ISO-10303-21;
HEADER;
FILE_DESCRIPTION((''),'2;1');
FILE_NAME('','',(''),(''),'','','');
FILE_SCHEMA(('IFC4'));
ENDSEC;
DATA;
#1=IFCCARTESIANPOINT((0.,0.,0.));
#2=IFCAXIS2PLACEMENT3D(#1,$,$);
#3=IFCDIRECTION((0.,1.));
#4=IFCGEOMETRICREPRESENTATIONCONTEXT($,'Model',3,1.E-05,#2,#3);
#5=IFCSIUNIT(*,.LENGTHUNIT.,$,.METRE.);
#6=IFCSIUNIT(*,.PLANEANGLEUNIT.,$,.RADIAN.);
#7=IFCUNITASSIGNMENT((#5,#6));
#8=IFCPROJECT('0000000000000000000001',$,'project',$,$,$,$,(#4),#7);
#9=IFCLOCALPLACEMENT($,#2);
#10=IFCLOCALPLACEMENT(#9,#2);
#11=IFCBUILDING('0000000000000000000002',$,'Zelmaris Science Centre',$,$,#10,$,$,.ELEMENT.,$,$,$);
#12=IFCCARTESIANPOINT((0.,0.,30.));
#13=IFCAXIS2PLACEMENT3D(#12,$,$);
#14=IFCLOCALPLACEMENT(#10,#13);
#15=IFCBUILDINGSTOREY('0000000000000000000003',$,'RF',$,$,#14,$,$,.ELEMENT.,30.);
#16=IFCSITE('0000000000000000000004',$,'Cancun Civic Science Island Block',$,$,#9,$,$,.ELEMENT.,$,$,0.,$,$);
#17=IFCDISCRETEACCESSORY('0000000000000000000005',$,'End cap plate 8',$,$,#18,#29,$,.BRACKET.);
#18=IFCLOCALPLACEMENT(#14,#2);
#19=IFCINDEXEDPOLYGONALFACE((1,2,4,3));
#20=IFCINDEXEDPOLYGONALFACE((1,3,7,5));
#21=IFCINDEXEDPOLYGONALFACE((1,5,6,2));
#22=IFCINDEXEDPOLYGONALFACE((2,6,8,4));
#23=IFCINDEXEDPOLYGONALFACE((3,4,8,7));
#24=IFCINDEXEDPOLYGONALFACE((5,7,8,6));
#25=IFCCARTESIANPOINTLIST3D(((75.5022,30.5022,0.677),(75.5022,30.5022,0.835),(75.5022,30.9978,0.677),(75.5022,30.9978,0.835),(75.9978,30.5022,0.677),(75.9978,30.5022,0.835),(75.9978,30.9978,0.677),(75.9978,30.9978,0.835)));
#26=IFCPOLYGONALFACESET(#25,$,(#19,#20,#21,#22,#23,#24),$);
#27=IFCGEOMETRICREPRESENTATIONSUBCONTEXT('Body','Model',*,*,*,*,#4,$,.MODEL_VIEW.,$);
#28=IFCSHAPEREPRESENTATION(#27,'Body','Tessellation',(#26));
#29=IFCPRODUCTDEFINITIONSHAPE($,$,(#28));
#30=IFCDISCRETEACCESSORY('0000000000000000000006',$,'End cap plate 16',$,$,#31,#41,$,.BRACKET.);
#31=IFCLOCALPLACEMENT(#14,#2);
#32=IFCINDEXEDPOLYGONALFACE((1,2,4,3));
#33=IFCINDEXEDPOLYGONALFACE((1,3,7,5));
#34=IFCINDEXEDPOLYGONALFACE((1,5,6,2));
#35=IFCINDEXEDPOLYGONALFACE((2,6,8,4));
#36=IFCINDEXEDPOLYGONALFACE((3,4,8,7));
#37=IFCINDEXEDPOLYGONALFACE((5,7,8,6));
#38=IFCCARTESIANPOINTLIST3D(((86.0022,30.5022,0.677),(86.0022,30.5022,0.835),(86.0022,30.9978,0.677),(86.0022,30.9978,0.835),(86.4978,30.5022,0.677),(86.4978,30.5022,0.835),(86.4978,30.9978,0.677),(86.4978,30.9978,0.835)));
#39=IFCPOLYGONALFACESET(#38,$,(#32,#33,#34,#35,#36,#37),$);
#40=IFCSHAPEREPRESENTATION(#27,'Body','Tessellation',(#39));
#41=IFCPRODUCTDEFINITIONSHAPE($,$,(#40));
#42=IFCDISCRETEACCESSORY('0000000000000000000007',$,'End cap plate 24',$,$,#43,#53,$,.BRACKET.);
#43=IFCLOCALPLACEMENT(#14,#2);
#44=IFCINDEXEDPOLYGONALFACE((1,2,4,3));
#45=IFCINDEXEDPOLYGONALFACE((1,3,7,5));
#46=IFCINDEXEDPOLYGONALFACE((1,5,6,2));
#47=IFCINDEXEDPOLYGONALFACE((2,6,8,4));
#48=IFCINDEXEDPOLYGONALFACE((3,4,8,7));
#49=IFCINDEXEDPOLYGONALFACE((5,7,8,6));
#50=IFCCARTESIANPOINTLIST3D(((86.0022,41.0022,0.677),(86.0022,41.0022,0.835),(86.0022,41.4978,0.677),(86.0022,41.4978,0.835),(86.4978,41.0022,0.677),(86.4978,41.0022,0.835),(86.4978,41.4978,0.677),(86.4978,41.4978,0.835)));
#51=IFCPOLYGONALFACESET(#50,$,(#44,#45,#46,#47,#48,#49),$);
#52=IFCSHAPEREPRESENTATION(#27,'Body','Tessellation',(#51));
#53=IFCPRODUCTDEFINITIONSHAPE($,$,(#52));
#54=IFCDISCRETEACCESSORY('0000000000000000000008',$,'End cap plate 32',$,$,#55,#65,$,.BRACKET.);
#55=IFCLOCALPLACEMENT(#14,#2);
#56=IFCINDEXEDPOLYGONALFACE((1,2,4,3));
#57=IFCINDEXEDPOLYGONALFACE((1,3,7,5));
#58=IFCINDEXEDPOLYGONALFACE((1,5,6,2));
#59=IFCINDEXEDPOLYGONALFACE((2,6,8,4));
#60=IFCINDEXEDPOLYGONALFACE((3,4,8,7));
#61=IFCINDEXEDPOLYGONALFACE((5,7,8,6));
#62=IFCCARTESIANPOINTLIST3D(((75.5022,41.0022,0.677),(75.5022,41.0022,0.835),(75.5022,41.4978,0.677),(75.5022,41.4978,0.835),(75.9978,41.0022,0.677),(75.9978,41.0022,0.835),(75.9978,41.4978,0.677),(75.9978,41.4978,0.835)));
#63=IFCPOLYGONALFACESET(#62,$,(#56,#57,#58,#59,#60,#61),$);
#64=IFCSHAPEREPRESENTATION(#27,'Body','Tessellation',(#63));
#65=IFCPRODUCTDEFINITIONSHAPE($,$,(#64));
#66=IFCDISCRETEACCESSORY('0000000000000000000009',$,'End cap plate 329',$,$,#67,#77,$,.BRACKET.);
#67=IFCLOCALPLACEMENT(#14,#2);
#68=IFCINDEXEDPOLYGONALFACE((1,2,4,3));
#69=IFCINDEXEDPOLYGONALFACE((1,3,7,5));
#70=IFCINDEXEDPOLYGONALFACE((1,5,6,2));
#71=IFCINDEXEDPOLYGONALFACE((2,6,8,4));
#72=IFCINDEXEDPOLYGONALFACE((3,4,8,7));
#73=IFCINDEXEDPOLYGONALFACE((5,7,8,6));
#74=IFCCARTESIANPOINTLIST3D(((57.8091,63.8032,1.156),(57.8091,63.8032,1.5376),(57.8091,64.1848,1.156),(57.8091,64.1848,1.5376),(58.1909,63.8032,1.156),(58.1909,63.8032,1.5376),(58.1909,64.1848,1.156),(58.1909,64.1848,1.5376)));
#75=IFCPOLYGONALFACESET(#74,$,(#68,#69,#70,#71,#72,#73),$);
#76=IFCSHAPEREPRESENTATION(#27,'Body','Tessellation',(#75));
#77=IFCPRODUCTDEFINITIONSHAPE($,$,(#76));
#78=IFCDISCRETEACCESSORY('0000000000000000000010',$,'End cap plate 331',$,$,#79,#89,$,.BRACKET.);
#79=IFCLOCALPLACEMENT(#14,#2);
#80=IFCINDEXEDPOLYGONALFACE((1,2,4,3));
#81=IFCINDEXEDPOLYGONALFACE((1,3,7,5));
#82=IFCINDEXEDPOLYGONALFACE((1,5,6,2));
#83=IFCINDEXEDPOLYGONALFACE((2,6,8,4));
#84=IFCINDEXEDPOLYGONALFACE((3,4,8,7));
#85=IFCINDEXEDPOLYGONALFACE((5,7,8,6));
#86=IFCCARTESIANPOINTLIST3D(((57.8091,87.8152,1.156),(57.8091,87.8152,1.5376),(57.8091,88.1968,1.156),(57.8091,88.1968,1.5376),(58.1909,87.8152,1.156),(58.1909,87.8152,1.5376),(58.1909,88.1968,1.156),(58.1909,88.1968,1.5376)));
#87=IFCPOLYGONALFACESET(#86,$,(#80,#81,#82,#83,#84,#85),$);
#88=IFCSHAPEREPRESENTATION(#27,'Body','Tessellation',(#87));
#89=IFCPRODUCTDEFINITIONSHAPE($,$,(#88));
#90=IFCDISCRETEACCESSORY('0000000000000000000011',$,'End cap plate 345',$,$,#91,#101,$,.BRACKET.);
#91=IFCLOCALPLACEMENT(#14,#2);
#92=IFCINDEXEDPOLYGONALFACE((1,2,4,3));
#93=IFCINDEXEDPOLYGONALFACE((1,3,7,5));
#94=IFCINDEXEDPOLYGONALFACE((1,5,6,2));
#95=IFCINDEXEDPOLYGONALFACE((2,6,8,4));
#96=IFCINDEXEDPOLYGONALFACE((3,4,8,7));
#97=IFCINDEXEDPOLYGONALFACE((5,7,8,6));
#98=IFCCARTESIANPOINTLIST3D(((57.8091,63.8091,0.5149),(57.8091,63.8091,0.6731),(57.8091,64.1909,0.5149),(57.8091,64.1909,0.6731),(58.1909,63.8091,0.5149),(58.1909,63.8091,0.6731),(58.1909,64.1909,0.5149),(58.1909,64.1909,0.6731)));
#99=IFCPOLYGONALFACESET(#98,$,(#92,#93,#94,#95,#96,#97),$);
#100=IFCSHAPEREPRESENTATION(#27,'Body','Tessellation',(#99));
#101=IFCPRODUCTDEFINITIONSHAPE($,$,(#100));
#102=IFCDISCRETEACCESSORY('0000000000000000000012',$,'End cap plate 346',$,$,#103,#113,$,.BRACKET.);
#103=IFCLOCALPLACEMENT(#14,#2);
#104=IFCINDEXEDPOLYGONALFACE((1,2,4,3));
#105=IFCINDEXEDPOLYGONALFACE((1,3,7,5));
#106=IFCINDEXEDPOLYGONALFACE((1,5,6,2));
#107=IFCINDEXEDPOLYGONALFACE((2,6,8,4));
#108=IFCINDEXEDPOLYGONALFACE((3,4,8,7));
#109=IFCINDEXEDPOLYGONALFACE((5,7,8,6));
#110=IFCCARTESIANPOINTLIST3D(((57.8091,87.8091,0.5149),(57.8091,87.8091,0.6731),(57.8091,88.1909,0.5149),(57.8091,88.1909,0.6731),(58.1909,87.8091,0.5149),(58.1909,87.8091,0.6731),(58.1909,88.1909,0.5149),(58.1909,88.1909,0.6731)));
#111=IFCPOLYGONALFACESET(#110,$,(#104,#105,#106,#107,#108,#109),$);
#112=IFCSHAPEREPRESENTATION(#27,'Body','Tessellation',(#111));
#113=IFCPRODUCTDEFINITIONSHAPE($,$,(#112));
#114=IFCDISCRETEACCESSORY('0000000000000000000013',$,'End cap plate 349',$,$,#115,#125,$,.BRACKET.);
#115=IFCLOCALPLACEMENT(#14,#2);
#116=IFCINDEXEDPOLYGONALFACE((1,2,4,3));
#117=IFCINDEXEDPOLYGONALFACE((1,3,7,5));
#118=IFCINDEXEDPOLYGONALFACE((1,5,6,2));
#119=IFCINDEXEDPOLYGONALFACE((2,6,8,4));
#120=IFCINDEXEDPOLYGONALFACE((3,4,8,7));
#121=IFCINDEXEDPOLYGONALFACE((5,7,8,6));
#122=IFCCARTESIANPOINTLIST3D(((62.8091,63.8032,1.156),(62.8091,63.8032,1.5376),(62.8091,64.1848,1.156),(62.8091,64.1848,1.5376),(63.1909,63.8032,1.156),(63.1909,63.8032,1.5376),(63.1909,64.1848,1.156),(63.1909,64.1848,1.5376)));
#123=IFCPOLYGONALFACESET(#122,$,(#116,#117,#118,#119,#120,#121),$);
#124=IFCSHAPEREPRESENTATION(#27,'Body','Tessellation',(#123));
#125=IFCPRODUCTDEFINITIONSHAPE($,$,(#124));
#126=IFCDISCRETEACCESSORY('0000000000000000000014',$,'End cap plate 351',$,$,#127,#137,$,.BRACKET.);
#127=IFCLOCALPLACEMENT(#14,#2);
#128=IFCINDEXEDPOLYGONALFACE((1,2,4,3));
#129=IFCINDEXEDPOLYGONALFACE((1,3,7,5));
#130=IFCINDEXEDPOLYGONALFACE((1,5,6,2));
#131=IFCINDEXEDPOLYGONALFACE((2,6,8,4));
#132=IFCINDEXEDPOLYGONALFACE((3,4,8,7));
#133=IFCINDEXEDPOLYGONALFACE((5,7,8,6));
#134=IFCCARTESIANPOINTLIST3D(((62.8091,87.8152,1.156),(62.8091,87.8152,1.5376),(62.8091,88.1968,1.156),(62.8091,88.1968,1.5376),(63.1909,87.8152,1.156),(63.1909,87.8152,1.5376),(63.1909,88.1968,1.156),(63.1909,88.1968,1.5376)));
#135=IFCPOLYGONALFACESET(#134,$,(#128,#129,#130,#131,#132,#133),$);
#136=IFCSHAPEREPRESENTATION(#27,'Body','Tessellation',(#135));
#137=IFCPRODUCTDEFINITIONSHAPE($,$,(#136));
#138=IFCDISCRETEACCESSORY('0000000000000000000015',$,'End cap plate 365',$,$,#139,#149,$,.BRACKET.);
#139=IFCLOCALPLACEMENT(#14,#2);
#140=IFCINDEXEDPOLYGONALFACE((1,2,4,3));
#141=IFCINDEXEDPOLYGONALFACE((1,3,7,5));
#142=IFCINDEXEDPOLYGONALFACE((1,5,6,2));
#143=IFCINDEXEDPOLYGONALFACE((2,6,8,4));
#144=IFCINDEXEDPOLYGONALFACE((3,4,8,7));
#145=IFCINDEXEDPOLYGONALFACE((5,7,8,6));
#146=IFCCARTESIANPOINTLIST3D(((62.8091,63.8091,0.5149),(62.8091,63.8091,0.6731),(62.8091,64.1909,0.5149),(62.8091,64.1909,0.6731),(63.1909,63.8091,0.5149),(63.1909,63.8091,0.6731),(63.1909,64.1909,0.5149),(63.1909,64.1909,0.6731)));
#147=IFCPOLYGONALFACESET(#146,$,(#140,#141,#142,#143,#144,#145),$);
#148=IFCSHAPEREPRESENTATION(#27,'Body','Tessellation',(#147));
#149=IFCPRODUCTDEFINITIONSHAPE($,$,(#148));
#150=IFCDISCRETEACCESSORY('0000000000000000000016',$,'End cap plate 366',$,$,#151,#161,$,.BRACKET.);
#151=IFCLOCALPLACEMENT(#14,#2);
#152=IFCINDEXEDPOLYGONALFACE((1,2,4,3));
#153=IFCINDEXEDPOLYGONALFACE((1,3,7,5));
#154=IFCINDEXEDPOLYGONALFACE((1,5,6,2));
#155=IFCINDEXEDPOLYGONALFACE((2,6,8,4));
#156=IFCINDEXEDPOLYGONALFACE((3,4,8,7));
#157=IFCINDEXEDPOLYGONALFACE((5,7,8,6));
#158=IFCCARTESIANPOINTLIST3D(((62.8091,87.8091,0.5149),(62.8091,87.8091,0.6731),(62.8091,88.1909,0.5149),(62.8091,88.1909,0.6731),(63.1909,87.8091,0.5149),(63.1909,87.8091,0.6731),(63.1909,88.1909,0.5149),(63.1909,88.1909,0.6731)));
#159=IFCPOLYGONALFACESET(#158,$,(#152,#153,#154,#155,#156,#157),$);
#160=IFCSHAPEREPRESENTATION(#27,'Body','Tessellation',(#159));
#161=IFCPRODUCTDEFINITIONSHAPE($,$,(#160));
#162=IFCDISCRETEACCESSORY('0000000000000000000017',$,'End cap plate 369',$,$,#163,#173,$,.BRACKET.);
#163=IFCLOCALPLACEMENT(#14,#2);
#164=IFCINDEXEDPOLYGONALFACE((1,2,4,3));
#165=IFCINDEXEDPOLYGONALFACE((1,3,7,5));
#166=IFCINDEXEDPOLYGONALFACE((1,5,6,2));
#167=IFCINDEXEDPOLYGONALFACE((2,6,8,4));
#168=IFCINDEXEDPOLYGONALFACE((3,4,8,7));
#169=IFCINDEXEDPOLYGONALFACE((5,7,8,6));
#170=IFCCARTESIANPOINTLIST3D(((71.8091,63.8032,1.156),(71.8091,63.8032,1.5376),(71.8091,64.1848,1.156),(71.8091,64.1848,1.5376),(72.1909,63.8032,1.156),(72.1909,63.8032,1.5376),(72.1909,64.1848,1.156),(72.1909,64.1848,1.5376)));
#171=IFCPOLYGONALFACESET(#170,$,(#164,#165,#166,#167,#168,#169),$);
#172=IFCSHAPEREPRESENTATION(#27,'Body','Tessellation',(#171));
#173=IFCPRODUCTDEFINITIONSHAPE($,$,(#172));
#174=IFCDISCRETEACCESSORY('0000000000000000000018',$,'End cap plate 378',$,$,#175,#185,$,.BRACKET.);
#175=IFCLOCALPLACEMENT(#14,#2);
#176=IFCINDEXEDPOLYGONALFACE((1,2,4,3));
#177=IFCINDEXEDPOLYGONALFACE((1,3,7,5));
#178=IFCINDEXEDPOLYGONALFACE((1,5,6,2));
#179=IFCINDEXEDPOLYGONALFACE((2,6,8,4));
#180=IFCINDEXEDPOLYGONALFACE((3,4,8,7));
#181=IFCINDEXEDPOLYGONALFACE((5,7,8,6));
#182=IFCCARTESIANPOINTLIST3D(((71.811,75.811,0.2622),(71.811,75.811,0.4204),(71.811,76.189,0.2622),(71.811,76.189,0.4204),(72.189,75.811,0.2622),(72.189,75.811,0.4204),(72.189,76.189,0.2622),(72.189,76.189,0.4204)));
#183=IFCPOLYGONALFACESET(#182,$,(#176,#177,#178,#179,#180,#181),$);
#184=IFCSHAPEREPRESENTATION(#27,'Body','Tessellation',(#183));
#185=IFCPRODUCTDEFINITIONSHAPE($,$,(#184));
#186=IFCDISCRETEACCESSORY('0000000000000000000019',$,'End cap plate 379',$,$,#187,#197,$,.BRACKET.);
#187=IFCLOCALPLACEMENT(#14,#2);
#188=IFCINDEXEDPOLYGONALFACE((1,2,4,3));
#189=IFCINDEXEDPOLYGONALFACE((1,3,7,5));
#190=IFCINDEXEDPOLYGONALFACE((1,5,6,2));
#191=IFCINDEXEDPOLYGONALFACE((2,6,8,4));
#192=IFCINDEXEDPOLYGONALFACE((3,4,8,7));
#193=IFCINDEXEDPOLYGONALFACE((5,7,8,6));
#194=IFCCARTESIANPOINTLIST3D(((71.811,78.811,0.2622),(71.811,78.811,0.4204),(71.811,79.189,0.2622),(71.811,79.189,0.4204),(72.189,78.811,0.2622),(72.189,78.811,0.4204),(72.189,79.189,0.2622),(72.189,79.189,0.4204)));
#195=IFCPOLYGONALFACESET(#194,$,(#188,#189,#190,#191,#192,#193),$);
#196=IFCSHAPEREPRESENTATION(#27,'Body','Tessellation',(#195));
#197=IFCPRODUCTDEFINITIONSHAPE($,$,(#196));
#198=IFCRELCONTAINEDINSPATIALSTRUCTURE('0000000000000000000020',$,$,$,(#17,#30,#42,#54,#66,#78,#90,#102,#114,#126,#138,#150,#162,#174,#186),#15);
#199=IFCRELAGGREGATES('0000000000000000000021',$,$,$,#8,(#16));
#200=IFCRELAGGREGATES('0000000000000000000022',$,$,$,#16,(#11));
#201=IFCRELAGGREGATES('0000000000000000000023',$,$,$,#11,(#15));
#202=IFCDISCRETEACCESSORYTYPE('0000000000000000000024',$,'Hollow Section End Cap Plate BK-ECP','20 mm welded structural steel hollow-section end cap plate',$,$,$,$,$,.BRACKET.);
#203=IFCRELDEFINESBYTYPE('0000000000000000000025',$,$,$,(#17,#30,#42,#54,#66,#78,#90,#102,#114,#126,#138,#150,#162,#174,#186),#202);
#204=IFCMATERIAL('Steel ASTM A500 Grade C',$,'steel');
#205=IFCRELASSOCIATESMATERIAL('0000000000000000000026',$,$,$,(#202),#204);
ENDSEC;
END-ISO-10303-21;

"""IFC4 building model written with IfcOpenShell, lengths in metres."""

from ifc_helpers import new_model, si_unit, direction, frame, origin, place, context, subcontext, project, spatial, polyline, outline, extrude, material, type_object, element, save


model = new_model("IFC4")

# Units and contexts
model_context = context("Model", 3, precision=1e-05, world=origin(), true_north=direction((0.0, 1.0)))
body_context = subcontext(model_context, "Body", "Model", "MODEL_VIEW")
ifc_project = project(units=[si_unit("LENGTHUNIT", "METRE"), si_unit("PLANEANGLEUNIT", "RADIAN")], contexts=[model_context])

# Site, building, storey
site_placement = place(None, origin())
site = spatial("IfcSite", under=ifc_project, at=site_placement, Name="Cancun Civic Science Island Block", CompositionType="ELEMENT", RefElevation=0.0)
building_placement = place(site_placement, origin())
building = spatial("IfcBuilding", under=site, at=building_placement, Name="Zelmaris Science Centre", CompositionType="ELEMENT")
storey_placement = place(building_placement, frame((0.0, 0.0, 30.0)))
storey = spatial("IfcBuildingStorey", under=building, at=storey_placement, Name="RF", CompositionType="ELEMENT", Elevation=30.0)

# Discrete accessories
ifc_material = material(Name="Steel ASTM A500 Grade C", Category="steel")
discrete_accessory_type = type_object("IfcDiscreteAccessoryType", Name="Hollow Section End Cap Plate BK-ECP", Description="20 mm welded structural steel hollow-section end cap plate", PredefinedType="BRACKET", material=ifc_material)
discrete_accessory_1_placement = place(storey_placement, frame((0.0, 0.0, 0.677)))
element("IfcDiscreteAccessory", 1, at=discrete_accessory_1_placement, inside=storey, type_object=discrete_accessory_type, Name="End cap plate 8", PredefinedType="BRACKET", context=body_context, shape_type="SweptSolid", body=[
    extrude(outline(polyline([(75.5022, 30.5022), (75.9978, 30.5022), (75.9978, 30.9978), (75.5022, 30.9978), (75.5022, 30.5022)])), origin(), (0.0, 0.0, 1.0), 0.158),
])
discrete_accessory_2_placement = place(storey_placement, frame((0.0, 0.0, 0.677)))
element("IfcDiscreteAccessory", 2, at=discrete_accessory_2_placement, inside=storey, type_object=discrete_accessory_type, Name="End cap plate 16", PredefinedType="BRACKET", context=body_context, shape_type="SweptSolid", body=[
    extrude(outline(polyline([(86.0022, 30.5022), (86.4978, 30.5022), (86.4978, 30.9978), (86.0022, 30.9978), (86.0022, 30.5022)])), origin(), (0.0, 0.0, 1.0), 0.158),
])
discrete_accessory_3_placement = place(storey_placement, frame((0.0, 0.0, 0.677)))
element("IfcDiscreteAccessory", 3, at=discrete_accessory_3_placement, inside=storey, type_object=discrete_accessory_type, Name="End cap plate 24", PredefinedType="BRACKET", context=body_context, shape_type="SweptSolid", body=[
    extrude(outline(polyline([(86.0022, 41.0022), (86.4978, 41.0022), (86.4978, 41.4978), (86.0022, 41.4978), (86.0022, 41.0022)])), origin(), (0.0, 0.0, 1.0), 0.158),
])
discrete_accessory_4_placement = place(storey_placement, frame((0.0, 0.0, 0.677)))
element("IfcDiscreteAccessory", 4, at=discrete_accessory_4_placement, inside=storey, type_object=discrete_accessory_type, Name="End cap plate 32", PredefinedType="BRACKET", context=body_context, shape_type="SweptSolid", body=[
    extrude(outline(polyline([(75.5022, 41.0022), (75.9978, 41.0022), (75.9978, 41.4978), (75.5022, 41.4978), (75.5022, 41.0022)])), origin(), (0.0, 0.0, 1.0), 0.158),
])
discrete_accessory_5_placement = place(storey_placement, frame((0.0, 0.0, 1.156)))
element("IfcDiscreteAccessory", 5, at=discrete_accessory_5_placement, inside=storey, type_object=discrete_accessory_type, Name="End cap plate 329", PredefinedType="BRACKET", context=body_context, shape_type="SweptSolid", body=[
    extrude(outline(polyline([(57.8091, 63.8032), (58.1909, 63.8032), (58.1909, 64.1848), (57.8091, 64.1848), (57.8091, 63.8032)])), origin(), (0.0, 0.0, 1.0), 0.3816),
])
discrete_accessory_6_placement = place(storey_placement, frame((0.0, 0.0, 1.156)))
element("IfcDiscreteAccessory", 6, at=discrete_accessory_6_placement, inside=storey, type_object=discrete_accessory_type, Name="End cap plate 331", PredefinedType="BRACKET", context=body_context, shape_type="SweptSolid", body=[
    extrude(outline(polyline([(57.8091, 87.8152), (58.1909, 87.8152), (58.1909, 88.1968), (57.8091, 88.1968), (57.8091, 87.8152)])), origin(), (0.0, 0.0, 1.0), 0.3816),
])
discrete_accessory_7_placement = place(storey_placement, frame((0.0, 0.0, 0.5149)))
element("IfcDiscreteAccessory", 7, at=discrete_accessory_7_placement, inside=storey, type_object=discrete_accessory_type, Name="End cap plate 345", PredefinedType="BRACKET", context=body_context, shape_type="SweptSolid", body=[
    extrude(outline(polyline([(57.8091, 63.8091), (58.1909, 63.8091), (58.1909, 64.1909), (57.8091, 64.1909), (57.8091, 63.8091)])), origin(), (0.0, 0.0, 1.0), 0.1582),
])
discrete_accessory_8_placement = place(storey_placement, frame((0.0, 0.0, 0.5149)))
element("IfcDiscreteAccessory", 8, at=discrete_accessory_8_placement, inside=storey, type_object=discrete_accessory_type, Name="End cap plate 346", PredefinedType="BRACKET", context=body_context, shape_type="SweptSolid", body=[
    extrude(outline(polyline([(57.8091, 87.8091), (58.1909, 87.8091), (58.1909, 88.1909), (57.8091, 88.1909), (57.8091, 87.8091)])), origin(), (0.0, 0.0, 1.0), 0.1582),
])
discrete_accessory_9_placement = place(storey_placement, frame((0.0, 0.0, 1.156)))
element("IfcDiscreteAccessory", 9, at=discrete_accessory_9_placement, inside=storey, type_object=discrete_accessory_type, Name="End cap plate 349", PredefinedType="BRACKET", context=body_context, shape_type="SweptSolid", body=[
    extrude(outline(polyline([(62.8091, 63.8032), (63.1909, 63.8032), (63.1909, 64.1848), (62.8091, 64.1848), (62.8091, 63.8032)])), origin(), (0.0, 0.0, 1.0), 0.3816),
])
discrete_accessory_10_placement = place(storey_placement, frame((0.0, 0.0, 1.156)))
element("IfcDiscreteAccessory", 10, at=discrete_accessory_10_placement, inside=storey, type_object=discrete_accessory_type, Name="End cap plate 351", PredefinedType="BRACKET", context=body_context, shape_type="SweptSolid", body=[
    extrude(outline(polyline([(62.8091, 87.8152), (63.1909, 87.8152), (63.1909, 88.1968), (62.8091, 88.1968), (62.8091, 87.8152)])), origin(), (0.0, 0.0, 1.0), 0.3816),
])
discrete_accessory_11_placement = place(storey_placement, frame((0.0, 0.0, 0.5149)))
element("IfcDiscreteAccessory", 11, at=discrete_accessory_11_placement, inside=storey, type_object=discrete_accessory_type, Name="End cap plate 365", PredefinedType="BRACKET", context=body_context, shape_type="SweptSolid", body=[
    extrude(outline(polyline([(62.8091, 63.8091), (63.1909, 63.8091), (63.1909, 64.1909), (62.8091, 64.1909), (62.8091, 63.8091)])), origin(), (0.0, 0.0, 1.0), 0.1582),
])
discrete_accessory_12_placement = place(storey_placement, frame((0.0, 0.0, 0.5149)))
element("IfcDiscreteAccessory", 12, at=discrete_accessory_12_placement, inside=storey, type_object=discrete_accessory_type, Name="End cap plate 366", PredefinedType="BRACKET", context=body_context, shape_type="SweptSolid", body=[
    extrude(outline(polyline([(62.8091, 87.8091), (63.1909, 87.8091), (63.1909, 88.1909), (62.8091, 88.1909), (62.8091, 87.8091)])), origin(), (0.0, 0.0, 1.0), 0.1582),
])
discrete_accessory_13_placement = place(storey_placement, frame((0.0, 0.0, 1.156)))
element("IfcDiscreteAccessory", 13, at=discrete_accessory_13_placement, inside=storey, type_object=discrete_accessory_type, Name="End cap plate 369", PredefinedType="BRACKET", context=body_context, shape_type="SweptSolid", body=[
    extrude(outline(polyline([(71.8091, 63.8032), (72.1909, 63.8032), (72.1909, 64.1848), (71.8091, 64.1848), (71.8091, 63.8032)])), origin(), (0.0, 0.0, 1.0), 0.3816),
])
discrete_accessory_14_placement = place(storey_placement, frame((0.0, 0.0, 0.2622)))
element("IfcDiscreteAccessory", 14, at=discrete_accessory_14_placement, inside=storey, type_object=discrete_accessory_type, Name="End cap plate 378", PredefinedType="BRACKET", context=body_context, shape_type="SweptSolid", body=[
    extrude(outline(polyline([(71.811, 75.811), (72.189, 75.811), (72.189, 76.189), (71.811, 76.189), (71.811, 75.811)])), origin(), (0.0, 0.0, 1.0), 0.1582),
])
discrete_accessory_15_placement = place(storey_placement, frame((0.0, 0.0, 0.2622)))
element("IfcDiscreteAccessory", 15, at=discrete_accessory_15_placement, inside=storey, type_object=discrete_accessory_type, Name="End cap plate 379", PredefinedType="BRACKET", context=body_context, shape_type="SweptSolid", body=[
    extrude(outline(polyline([(71.811, 78.811), (72.189, 78.811), (72.189, 79.189), (71.811, 79.189), (71.811, 78.811)])), origin(), (0.0, 0.0, 1.0), 0.1582),
])

save(model, "model.ifc")
